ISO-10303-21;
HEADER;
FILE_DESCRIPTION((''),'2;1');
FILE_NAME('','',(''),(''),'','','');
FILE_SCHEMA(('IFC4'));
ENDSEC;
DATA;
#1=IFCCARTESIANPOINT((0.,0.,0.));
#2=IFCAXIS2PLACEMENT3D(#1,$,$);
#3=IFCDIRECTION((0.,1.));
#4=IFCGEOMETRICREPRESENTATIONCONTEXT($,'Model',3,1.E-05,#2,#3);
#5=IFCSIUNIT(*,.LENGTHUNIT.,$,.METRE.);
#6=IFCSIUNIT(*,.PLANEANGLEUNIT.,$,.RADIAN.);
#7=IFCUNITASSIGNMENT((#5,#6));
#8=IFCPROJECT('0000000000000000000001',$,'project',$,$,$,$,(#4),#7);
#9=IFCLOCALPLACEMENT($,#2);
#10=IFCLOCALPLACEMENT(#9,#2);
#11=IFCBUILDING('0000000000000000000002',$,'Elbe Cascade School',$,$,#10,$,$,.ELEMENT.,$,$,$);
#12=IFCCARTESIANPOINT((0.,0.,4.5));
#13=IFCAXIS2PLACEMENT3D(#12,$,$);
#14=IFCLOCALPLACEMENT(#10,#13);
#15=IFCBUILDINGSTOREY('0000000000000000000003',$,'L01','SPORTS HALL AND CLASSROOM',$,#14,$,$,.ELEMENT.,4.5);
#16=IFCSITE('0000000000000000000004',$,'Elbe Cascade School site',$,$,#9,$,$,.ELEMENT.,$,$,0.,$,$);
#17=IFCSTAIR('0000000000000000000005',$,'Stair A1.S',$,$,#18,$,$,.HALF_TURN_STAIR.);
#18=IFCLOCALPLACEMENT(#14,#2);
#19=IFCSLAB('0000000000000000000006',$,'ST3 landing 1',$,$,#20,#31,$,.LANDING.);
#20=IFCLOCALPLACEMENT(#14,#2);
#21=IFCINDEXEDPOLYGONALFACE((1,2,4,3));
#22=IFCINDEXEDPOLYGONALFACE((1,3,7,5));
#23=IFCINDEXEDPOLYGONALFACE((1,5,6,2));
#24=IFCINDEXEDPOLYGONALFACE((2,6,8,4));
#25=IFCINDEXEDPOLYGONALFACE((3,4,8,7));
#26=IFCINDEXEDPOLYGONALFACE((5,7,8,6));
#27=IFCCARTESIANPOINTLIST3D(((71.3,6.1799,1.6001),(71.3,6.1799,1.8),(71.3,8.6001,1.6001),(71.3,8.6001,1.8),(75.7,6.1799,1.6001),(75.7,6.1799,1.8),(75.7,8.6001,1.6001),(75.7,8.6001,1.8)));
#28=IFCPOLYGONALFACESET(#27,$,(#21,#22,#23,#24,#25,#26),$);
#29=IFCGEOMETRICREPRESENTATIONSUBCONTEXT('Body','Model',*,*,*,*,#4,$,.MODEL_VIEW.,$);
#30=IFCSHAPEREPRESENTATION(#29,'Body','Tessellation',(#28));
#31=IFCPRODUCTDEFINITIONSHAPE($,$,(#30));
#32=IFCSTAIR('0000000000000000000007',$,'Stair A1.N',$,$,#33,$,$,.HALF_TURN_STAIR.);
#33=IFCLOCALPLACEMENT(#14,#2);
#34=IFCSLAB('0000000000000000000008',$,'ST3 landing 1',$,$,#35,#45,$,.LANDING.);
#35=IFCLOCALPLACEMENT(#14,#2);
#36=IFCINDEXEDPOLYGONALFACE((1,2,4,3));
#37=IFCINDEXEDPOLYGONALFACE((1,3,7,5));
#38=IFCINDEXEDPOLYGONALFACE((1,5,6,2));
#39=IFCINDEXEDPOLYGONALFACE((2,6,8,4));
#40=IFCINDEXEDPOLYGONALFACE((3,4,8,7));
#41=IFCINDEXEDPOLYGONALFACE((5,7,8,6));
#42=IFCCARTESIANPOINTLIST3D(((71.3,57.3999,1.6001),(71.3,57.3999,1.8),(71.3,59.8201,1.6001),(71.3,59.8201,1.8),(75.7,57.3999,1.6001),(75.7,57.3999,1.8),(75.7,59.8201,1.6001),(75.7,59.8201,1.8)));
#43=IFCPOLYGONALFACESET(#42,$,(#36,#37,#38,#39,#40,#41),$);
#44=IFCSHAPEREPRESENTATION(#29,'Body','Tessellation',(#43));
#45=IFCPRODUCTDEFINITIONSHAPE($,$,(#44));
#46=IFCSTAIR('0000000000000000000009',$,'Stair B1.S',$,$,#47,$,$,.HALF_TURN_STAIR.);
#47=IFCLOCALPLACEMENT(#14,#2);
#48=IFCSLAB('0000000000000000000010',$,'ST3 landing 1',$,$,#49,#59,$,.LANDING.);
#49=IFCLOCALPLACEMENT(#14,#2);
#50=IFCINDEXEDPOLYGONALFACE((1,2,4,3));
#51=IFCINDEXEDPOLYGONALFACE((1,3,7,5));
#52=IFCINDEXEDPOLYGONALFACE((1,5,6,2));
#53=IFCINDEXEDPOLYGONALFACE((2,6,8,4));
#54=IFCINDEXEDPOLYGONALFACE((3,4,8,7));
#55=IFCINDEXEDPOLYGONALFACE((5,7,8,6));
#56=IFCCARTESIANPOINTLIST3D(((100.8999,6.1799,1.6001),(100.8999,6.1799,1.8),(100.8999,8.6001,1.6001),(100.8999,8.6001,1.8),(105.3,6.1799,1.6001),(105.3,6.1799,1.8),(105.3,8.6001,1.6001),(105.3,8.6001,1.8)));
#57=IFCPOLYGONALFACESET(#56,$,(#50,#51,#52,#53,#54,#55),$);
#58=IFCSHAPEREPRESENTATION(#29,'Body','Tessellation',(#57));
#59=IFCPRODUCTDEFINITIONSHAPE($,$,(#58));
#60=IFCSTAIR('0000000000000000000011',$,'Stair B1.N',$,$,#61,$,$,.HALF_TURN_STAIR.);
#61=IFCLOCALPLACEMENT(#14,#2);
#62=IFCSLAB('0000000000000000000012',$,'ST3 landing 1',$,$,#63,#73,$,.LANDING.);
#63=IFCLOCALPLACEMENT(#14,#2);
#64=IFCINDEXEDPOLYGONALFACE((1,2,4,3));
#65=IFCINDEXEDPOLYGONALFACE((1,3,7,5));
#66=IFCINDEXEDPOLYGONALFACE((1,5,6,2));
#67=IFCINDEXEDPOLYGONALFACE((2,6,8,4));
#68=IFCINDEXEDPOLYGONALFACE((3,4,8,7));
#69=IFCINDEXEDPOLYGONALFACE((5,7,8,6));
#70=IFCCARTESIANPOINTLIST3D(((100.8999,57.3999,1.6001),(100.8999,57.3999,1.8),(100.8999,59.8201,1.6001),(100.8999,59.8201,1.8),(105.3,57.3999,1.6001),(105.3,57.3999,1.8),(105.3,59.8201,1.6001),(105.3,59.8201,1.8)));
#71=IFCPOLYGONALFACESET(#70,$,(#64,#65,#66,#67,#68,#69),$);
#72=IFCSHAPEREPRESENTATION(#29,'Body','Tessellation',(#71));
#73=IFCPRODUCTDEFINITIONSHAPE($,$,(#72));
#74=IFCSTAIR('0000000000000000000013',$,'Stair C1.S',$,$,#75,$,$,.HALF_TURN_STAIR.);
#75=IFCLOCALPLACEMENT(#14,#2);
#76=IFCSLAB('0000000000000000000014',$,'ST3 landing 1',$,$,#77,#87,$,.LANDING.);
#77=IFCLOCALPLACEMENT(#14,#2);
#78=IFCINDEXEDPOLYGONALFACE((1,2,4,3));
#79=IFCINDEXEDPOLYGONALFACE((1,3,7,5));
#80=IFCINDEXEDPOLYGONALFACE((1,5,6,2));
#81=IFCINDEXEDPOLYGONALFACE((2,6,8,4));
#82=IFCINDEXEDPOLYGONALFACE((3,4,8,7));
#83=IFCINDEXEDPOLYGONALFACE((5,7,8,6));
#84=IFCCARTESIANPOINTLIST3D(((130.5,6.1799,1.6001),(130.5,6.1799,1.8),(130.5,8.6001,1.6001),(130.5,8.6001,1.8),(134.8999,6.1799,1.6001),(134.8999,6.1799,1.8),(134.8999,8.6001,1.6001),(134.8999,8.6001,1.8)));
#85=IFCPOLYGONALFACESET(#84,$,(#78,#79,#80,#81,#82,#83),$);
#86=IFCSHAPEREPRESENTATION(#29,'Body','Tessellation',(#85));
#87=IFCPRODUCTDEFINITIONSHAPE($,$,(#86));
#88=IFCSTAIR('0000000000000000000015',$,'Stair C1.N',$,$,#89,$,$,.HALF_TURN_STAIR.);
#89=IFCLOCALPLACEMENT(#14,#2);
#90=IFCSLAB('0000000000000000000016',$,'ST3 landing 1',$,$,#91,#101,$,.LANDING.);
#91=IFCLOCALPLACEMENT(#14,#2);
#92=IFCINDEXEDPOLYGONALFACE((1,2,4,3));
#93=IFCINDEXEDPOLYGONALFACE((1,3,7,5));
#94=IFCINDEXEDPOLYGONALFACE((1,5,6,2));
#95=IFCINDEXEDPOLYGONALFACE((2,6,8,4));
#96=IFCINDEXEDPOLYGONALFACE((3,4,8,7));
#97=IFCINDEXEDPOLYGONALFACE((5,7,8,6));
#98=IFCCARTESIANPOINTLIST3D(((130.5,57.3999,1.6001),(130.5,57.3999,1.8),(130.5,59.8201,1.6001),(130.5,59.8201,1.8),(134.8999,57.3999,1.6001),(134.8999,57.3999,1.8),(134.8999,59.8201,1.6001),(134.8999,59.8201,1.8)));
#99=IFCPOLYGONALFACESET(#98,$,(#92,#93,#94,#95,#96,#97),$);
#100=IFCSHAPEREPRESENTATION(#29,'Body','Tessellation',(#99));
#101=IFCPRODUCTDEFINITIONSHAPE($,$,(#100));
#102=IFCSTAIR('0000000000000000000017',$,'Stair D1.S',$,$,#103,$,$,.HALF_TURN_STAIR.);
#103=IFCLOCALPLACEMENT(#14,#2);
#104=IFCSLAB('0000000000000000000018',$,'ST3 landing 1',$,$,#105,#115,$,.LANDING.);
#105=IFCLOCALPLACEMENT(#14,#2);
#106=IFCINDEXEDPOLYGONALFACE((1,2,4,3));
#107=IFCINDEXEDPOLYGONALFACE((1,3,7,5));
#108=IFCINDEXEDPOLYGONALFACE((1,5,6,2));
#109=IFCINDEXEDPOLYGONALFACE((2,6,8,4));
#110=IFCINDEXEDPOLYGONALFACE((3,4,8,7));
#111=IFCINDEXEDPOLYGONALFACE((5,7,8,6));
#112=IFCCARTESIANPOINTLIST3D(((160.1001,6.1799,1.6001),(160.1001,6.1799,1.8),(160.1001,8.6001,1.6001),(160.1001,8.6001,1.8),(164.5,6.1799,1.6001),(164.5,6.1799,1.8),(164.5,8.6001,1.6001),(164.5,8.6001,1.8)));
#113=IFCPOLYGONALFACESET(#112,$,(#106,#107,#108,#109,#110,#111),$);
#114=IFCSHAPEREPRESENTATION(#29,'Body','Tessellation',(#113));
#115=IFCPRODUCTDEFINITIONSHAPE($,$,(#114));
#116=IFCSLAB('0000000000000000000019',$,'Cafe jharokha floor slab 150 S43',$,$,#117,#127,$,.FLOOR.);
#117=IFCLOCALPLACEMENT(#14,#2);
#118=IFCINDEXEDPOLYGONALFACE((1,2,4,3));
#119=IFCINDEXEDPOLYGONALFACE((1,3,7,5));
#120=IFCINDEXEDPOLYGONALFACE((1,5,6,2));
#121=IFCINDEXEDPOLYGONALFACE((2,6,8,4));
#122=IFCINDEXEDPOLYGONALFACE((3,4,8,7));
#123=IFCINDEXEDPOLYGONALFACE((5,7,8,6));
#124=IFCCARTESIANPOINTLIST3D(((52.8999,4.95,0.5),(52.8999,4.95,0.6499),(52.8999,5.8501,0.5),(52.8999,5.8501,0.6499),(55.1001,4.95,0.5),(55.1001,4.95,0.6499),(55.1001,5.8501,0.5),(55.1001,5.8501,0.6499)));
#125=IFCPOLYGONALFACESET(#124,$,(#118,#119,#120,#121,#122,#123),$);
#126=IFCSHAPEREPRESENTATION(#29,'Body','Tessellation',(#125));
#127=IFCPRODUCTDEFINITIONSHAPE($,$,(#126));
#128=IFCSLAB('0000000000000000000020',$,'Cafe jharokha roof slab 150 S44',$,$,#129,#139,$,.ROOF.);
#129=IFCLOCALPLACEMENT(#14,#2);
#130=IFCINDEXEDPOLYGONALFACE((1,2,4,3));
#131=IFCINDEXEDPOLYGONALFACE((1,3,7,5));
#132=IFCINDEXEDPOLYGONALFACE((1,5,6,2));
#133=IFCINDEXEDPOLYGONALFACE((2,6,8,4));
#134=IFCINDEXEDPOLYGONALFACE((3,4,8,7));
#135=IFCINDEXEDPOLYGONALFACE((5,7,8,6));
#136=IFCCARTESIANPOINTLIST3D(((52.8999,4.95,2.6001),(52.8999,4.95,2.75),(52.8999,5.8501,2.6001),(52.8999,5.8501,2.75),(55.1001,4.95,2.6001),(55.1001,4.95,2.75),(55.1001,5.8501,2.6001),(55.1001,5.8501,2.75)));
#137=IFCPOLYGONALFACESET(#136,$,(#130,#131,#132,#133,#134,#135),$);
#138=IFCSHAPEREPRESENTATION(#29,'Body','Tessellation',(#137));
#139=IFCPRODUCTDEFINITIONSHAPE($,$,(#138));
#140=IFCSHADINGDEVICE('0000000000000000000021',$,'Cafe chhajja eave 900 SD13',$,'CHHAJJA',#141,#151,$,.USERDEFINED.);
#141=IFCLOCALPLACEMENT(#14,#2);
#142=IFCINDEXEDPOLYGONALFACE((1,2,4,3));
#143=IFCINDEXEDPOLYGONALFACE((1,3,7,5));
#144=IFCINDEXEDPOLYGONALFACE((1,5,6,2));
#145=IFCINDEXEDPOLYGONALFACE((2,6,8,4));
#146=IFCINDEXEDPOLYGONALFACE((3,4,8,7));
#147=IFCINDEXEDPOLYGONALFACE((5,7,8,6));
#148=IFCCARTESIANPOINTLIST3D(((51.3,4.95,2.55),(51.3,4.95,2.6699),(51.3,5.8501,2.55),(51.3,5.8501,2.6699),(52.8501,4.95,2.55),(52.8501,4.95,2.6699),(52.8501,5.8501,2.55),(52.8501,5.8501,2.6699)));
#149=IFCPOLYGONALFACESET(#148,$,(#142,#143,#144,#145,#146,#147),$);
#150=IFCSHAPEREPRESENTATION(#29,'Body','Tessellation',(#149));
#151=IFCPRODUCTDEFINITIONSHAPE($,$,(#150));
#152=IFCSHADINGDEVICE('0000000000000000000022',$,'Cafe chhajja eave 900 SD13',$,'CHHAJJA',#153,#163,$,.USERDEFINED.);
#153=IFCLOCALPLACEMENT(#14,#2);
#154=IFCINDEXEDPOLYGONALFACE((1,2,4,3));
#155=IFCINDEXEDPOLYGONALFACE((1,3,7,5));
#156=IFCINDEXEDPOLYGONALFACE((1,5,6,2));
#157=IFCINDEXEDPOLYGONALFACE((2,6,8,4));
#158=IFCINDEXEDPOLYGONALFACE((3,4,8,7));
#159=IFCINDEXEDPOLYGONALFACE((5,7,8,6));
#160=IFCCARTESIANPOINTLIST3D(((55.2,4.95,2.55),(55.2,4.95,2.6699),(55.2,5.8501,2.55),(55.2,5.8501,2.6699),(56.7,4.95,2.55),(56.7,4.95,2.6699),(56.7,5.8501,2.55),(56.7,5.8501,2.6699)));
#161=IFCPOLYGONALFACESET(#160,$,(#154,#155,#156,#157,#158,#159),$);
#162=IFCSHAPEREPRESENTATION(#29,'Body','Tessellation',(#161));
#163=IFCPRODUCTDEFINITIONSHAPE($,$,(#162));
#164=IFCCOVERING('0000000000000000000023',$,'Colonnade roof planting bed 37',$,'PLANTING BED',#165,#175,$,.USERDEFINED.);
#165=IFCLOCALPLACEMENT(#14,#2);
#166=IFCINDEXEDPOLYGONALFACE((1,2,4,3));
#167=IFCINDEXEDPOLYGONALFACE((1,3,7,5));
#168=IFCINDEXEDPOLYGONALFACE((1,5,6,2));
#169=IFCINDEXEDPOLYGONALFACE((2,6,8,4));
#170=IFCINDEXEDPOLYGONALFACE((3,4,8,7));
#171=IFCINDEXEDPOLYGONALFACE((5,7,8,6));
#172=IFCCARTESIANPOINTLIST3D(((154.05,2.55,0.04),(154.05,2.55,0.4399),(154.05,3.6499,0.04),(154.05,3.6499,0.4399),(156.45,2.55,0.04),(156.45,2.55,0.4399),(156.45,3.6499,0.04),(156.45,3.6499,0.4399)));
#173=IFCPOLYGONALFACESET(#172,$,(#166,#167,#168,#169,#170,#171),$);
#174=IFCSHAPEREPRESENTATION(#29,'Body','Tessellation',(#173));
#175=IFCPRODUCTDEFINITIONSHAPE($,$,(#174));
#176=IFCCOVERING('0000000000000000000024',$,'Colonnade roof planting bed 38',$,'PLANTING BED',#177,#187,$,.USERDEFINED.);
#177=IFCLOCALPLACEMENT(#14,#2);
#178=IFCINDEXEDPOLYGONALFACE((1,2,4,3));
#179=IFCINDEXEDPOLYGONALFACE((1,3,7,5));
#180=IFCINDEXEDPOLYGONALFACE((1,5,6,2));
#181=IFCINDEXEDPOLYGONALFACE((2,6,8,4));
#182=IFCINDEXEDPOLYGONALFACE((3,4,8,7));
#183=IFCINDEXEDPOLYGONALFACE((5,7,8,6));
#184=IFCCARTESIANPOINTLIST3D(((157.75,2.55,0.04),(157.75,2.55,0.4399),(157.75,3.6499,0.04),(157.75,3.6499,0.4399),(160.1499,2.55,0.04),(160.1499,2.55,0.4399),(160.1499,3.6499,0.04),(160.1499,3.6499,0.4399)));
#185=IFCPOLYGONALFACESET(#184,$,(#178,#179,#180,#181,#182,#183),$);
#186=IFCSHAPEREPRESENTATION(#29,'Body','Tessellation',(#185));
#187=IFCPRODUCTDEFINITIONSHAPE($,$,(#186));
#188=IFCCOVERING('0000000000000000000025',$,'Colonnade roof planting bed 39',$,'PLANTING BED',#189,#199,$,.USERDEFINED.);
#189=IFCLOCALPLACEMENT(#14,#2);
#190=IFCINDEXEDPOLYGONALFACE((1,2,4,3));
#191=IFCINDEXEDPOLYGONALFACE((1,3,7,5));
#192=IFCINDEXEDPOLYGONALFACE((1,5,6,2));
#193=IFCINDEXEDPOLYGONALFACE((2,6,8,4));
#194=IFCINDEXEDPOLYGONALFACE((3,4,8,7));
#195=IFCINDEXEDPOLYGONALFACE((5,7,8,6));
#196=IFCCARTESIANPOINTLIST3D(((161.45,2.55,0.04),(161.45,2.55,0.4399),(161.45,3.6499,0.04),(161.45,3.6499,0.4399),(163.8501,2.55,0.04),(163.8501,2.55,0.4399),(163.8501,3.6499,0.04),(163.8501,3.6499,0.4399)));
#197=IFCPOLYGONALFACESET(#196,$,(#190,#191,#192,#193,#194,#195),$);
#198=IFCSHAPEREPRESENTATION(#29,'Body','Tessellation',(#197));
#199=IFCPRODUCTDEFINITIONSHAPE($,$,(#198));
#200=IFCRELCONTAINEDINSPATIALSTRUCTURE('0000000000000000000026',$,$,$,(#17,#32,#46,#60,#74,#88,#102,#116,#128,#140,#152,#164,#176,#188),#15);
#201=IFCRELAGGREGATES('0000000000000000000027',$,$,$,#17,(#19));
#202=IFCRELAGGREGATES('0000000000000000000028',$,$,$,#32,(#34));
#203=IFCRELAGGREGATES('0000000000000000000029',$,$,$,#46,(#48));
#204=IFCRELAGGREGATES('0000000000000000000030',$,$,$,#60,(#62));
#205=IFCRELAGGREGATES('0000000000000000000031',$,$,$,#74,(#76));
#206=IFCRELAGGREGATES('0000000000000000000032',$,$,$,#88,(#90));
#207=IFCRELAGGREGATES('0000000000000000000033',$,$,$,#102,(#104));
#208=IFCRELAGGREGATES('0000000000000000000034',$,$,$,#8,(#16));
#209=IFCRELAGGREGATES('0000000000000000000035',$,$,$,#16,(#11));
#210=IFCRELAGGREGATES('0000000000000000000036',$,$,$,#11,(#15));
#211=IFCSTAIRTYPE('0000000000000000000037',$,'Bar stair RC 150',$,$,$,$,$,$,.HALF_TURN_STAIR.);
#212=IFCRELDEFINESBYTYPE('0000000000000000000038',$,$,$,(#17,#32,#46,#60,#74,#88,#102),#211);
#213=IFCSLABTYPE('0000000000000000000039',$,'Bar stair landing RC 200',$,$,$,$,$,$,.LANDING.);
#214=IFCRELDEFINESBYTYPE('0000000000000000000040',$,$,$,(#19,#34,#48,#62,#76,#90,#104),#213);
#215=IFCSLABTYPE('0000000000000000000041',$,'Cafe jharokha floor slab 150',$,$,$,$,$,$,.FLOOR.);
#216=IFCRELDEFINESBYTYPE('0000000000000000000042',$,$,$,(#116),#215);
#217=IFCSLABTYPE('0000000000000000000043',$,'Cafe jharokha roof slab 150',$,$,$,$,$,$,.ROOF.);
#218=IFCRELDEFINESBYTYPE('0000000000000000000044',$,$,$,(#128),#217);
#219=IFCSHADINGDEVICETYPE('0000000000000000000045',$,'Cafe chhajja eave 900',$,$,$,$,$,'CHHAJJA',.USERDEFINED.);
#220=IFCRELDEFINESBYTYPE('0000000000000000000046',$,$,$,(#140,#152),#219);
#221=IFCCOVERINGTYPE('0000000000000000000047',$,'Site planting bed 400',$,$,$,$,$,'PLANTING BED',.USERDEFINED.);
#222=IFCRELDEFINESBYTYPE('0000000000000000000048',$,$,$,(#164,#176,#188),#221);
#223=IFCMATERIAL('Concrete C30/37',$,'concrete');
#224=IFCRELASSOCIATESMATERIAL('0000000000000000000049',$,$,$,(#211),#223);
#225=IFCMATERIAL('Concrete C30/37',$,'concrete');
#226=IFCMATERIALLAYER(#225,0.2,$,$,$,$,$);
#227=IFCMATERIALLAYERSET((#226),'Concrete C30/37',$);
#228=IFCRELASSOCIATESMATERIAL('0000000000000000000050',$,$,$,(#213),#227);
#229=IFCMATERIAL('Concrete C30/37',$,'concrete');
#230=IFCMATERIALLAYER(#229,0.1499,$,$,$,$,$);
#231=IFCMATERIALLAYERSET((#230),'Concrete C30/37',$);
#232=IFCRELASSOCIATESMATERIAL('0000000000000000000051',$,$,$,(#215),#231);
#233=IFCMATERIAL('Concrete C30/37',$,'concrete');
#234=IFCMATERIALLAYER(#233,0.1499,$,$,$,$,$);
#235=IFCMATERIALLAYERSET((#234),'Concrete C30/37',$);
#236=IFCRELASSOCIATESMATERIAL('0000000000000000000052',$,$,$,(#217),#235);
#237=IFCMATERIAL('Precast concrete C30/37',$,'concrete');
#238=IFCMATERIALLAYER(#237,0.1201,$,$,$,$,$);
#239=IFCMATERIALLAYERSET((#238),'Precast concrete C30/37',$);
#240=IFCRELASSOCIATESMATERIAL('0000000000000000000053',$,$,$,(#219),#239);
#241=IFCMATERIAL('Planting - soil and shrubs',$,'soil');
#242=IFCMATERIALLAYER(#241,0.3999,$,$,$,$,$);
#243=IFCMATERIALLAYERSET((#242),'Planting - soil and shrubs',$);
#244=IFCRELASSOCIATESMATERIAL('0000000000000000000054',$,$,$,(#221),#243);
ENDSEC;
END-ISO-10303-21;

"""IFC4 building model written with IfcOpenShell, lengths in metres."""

from ifc_helpers import new_model, si_unit, direction, frame, origin, place, context, subcontext, project, spatial, polyline, outline, extrude, material, layer, layer_set, type_object, element, aggregate, save


model = new_model("IFC4")

# Units and contexts
model_context = context("Model", 3, precision=1e-05, world=origin(), true_north=direction((0.0, 1.0)))
body_context = subcontext(model_context, "Body", "Model", "MODEL_VIEW")
ifc_project = project(units=[si_unit("LENGTHUNIT", "METRE"), si_unit("PLANEANGLEUNIT", "RADIAN")], contexts=[model_context])

# Site, building, storey
site_placement = place(None, origin())
site = spatial("IfcSite", under=ifc_project, at=site_placement, Name="Elbe Cascade School site", CompositionType="ELEMENT", RefElevation=0.0)
building_placement = place(site_placement, origin())
building = spatial("IfcBuilding", under=site, at=building_placement, Name="Elbe Cascade School", CompositionType="ELEMENT")
storey_placement = place(building_placement, frame((0.0, 0.0, 4.5)))
storey = spatial("IfcBuildingStorey", under=building, at=storey_placement, Name="L01", Description="SPORTS HALL AND CLASSROOM", CompositionType="ELEMENT", Elevation=4.5)

# Stairs, slabs
ifc_material_1 = material(Name="Concrete C30/37", Category="concrete")
stair_type = type_object("IfcStairType", Name="Bar stair RC 150", PredefinedType="HALF_TURN_STAIR", material=ifc_material_1)
stair_1_placement = place(storey_placement, origin())
stair_1 = element("IfcStair", 1, at=stair_1_placement, inside=storey, type_object=stair_type, Name="Stair A1.S", PredefinedType="HALF_TURN_STAIR")
ifc_material_2 = material(Name="Concrete C30/37", Category="concrete")
ifc_layer_1 = layer(ifc_material_2, 0.2)
ifc_layer_set_1 = layer_set([ifc_layer_1], Name="Concrete C30/37")
slab_type_1 = type_object("IfcSlabType", Name="Bar stair landing RC 200", PredefinedType="LANDING", material=ifc_layer_set_1)
slab_1_placement = place(storey_placement, frame((0.0, 0.0, 1.6001)))
slab_1 = element("IfcSlab", 2, at=slab_1_placement, type_object=slab_type_1, Name="ST3 landing 1", PredefinedType="LANDING", context=body_context, shape_type="SweptSolid", body=[
    extrude(outline(polyline([(71.3, 6.1799), (75.7, 6.1799), (75.7, 8.6001), (71.3, 8.6001), (71.3, 6.1799)])), origin(), (0.0, 0.0, 1.0), 0.2),
])
aggregate(stair_1, [slab_1])
stair_2_placement = place(storey_placement, origin())
stair_2 = element("IfcStair", 3, at=stair_2_placement, inside=storey, type_object=stair_type, Name="Stair A1.N", PredefinedType="HALF_TURN_STAIR")
slab_2_placement = place(storey_placement, frame((0.0, 0.0, 1.6001)))
slab_2 = element("IfcSlab", 4, at=slab_2_placement, type_object=slab_type_1, Name="ST3 landing 1", PredefinedType="LANDING", context=body_context, shape_type="SweptSolid", body=[
    extrude(outline(polyline([(71.3, 57.3999), (75.7, 57.3999), (75.7, 59.8201), (71.3, 59.8201), (71.3, 57.3999)])), origin(), (0.0, 0.0, 1.0), 0.2),
])
aggregate(stair_2, [slab_2])
stair_3_placement = place(storey_placement, origin())
stair_3 = element("IfcStair", 5, at=stair_3_placement, inside=storey, type_object=stair_type, Name="Stair B1.S", PredefinedType="HALF_TURN_STAIR")
slab_3_placement = place(storey_placement, frame((0.0, 0.0, 1.6001)))
slab_3 = element("IfcSlab", 6, at=slab_3_placement, type_object=slab_type_1, Name="ST3 landing 1", PredefinedType="LANDING", context=body_context, shape_type="SweptSolid", body=[
    extrude(outline(polyline([(100.8999, 6.1799), (105.3, 6.1799), (105.3, 8.6001), (100.8999, 8.6001), (100.8999, 6.1799)])), origin(), (0.0, 0.0, 1.0), 0.2),
])
aggregate(stair_3, [slab_3])
stair_4_placement = place(storey_placement, origin())
stair_4 = element("IfcStair", 7, at=stair_4_placement, inside=storey, type_object=stair_type, Name="Stair B1.N", PredefinedType="HALF_TURN_STAIR")
slab_4_placement = place(storey_placement, frame((0.0, 0.0, 1.6001)))
slab_4 = element("IfcSlab", 8, at=slab_4_placement, type_object=slab_type_1, Name="ST3 landing 1", PredefinedType="LANDING", context=body_context, shape_type="SweptSolid", body=[
    extrude(outline(polyline([(100.8999, 57.3999), (105.3, 57.3999), (105.3, 59.8201), (100.8999, 59.8201), (100.8999, 57.3999)])), origin(), (0.0, 0.0, 1.0), 0.2),
])
aggregate(stair_4, [slab_4])
stair_5_placement = place(storey_placement, origin())
stair_5 = element("IfcStair", 9, at=stair_5_placement, inside=storey, type_object=stair_type, Name="Stair C1.S", PredefinedType="HALF_TURN_STAIR")
slab_5_placement = place(storey_placement, frame((0.0, 0.0, 1.6001)))
slab_5 = element("IfcSlab", 10, at=slab_5_placement, type_object=slab_type_1, Name="ST3 landing 1", PredefinedType="LANDING", context=body_context, shape_type="SweptSolid", body=[
    extrude(outline(polyline([(130.5, 6.1799), (134.8999, 6.1799), (134.8999, 8.6001), (130.5, 8.6001), (130.5, 6.1799)])), origin(), (0.0, 0.0, 1.0), 0.2),
])
aggregate(stair_5, [slab_5])
stair_6_placement = place(storey_placement, origin())
stair_6 = element("IfcStair", 11, at=stair_6_placement, inside=storey, type_object=stair_type, Name="Stair C1.N", PredefinedType="HALF_TURN_STAIR")
slab_6_placement = place(storey_placement, frame((0.0, 0.0, 1.6001)))
slab_6 = element("IfcSlab", 12, at=slab_6_placement, type_object=slab_type_1, Name="ST3 landing 1", PredefinedType="LANDING", context=body_context, shape_type="SweptSolid", body=[
    extrude(outline(polyline([(130.5, 57.3999), (134.8999, 57.3999), (134.8999, 59.8201), (130.5, 59.8201), (130.5, 57.3999)])), origin(), (0.0, 0.0, 1.0), 0.2),
])
aggregate(stair_6, [slab_6])
stair_7_placement = place(storey_placement, origin())
stair_7 = element("IfcStair", 13, at=stair_7_placement, inside=storey, type_object=stair_type, Name="Stair D1.S", PredefinedType="HALF_TURN_STAIR")
slab_7_placement = place(storey_placement, frame((0.0, 0.0, 1.6001)))
slab_7 = element("IfcSlab", 14, at=slab_7_placement, type_object=slab_type_1, Name="ST3 landing 1", PredefinedType="LANDING", context=body_context, shape_type="SweptSolid", body=[
    extrude(outline(polyline([(160.1001, 6.1799), (164.5, 6.1799), (164.5, 8.6001), (160.1001, 8.6001), (160.1001, 6.1799)])), origin(), (0.0, 0.0, 1.0), 0.2),
])
aggregate(stair_7, [slab_7])

# Slabs
ifc_material_3 = material(Name="Concrete C30/37", Category="concrete")
ifc_layer_2 = layer(ifc_material_3, 0.1499)
ifc_layer_set_2 = layer_set([ifc_layer_2], Name="Concrete C30/37")
slab_type_2 = type_object("IfcSlabType", Name="Cafe jharokha floor slab 150", PredefinedType="FLOOR", material=ifc_layer_set_2)
slab_8_placement = place(storey_placement, frame((0.0, 0.0, 0.5)))
element("IfcSlab", 15, at=slab_8_placement, inside=storey, type_object=slab_type_2, Name="Cafe jharokha floor slab 150 S43", PredefinedType="FLOOR", context=body_context, shape_type="SweptSolid", body=[
    extrude(outline(polyline([(55.1001, 4.95), (55.1001, 5.8501), (52.8999, 5.8501), (52.8999, 4.95), (55.1001, 4.95)])), origin(), (0.0, 0.0, 1.0), 0.1499),
])
ifc_material_4 = material(Name="Concrete C30/37", Category="concrete")
ifc_layer_3 = layer(ifc_material_4, 0.1499)
ifc_layer_set_3 = layer_set([ifc_layer_3], Name="Concrete C30/37")
slab_type_3 = type_object("IfcSlabType", Name="Cafe jharokha roof slab 150", PredefinedType="ROOF", material=ifc_layer_set_3)
slab_9_placement = place(storey_placement, frame((0.0, 0.0, 2.6001)))
element("IfcSlab", 16, at=slab_9_placement, inside=storey, type_object=slab_type_3, Name="Cafe jharokha roof slab 150 S44", PredefinedType="ROOF", context=body_context, shape_type="SweptSolid", body=[
    extrude(outline(polyline([(55.1001, 4.95), (55.1001, 5.8501), (52.8999, 5.8501), (52.8999, 4.95), (55.1001, 4.95)])), origin(), (0.0, 0.0, 1.0), 0.1499),
])

# Shading devices
ifc_material_5 = material(Name="Precast concrete C30/37", Category="concrete")
ifc_layer_4 = layer(ifc_material_5, 0.1201)
ifc_layer_set_4 = layer_set([ifc_layer_4], Name="Precast concrete C30/37")
shading_device_type = type_object("IfcShadingDeviceType", Name="Cafe chhajja eave 900", ElementType="CHHAJJA", PredefinedType="USERDEFINED", material=ifc_layer_set_4)
shading_device_1_placement = place(storey_placement, frame((0.0, 0.0, 2.55)))
element("IfcShadingDevice", 17, at=shading_device_1_placement, inside=storey, type_object=shading_device_type, Name="Cafe chhajja eave 900 SD13", ObjectType="CHHAJJA", PredefinedType="USERDEFINED", context=body_context, shape_type="SweptSolid", body=[
    extrude(outline(polyline([(51.3, 4.95), (52.8501, 4.95), (52.8501, 5.8501), (51.3, 5.8501), (51.3, 4.95)])), origin(), (0.0, 0.0, 1.0), 0.1199),
])
shading_device_2_placement = place(storey_placement, frame((0.0, 0.0, 2.55)))
element("IfcShadingDevice", 18, at=shading_device_2_placement, inside=storey, type_object=shading_device_type, Name="Cafe chhajja eave 900 SD13", ObjectType="CHHAJJA", PredefinedType="USERDEFINED", context=body_context, shape_type="SweptSolid", body=[
    extrude(outline(polyline([(55.2, 4.95), (56.7, 4.95), (56.7, 5.8501), (55.2, 5.8501), (55.2, 4.95)])), origin(), (0.0, 0.0, 1.0), 0.1199),
])

# Coverings
ifc_material_6 = material(Name="Planting - soil and shrubs", Category="soil")
ifc_layer_5 = layer(ifc_material_6, 0.3999)
ifc_layer_set_5 = layer_set([ifc_layer_5], Name="Planting - soil and shrubs")
covering_type_1 = type_object("IfcCoveringType", Name="Site planting bed 400", ElementType="PLANTING BED", PredefinedType="USERDEFINED", material=ifc_layer_set_5)
covering_1_placement = place(storey_placement, frame((0.0, 0.0, 0.04)))
element("IfcCovering", 19, at=covering_1_placement, inside=storey, type_object=covering_type_1, Name="Colonnade roof planting bed 37", ObjectType="PLANTING BED", PredefinedType="USERDEFINED", context=body_context, shape_type="SweptSolid", body=[
    extrude(outline(polyline([(154.05, 2.55), (156.45, 2.55), (156.45, 3.6499), (154.05, 3.6499), (154.05, 2.55)])), origin(), (0.0, 0.0, 1.0), 0.3999),
])
covering_2_placement = place(storey_placement, frame((0.0, 0.0, 0.04)))
element("IfcCovering", 20, at=covering_2_placement, inside=storey, type_object=covering_type_1, Name="Colonnade roof planting bed 38", ObjectType="PLANTING BED", PredefinedType="USERDEFINED", context=body_context, shape_type="SweptSolid", body=[
    extrude(outline(polyline([(157.75, 2.55), (160.1499, 2.55), (160.1499, 3.6499), (157.75, 3.6499), (157.75, 2.55)])), origin(), (0.0, 0.0, 1.0), 0.3999),
])
covering_3_placement = place(storey_placement, frame((0.0, 0.0, 0.04)))
element("IfcCovering", 21, at=covering_3_placement, inside=storey, type_object=covering_type_1, Name="Colonnade roof planting bed 39", ObjectType="PLANTING BED", PredefinedType="USERDEFINED", context=body_context, shape_type="SweptSolid", body=[
    extrude(outline(polyline([(161.45, 2.55), (163.8501, 2.55), (163.8501, 3.6499), (161.45, 3.6499), (161.45, 2.55)])), origin(), (0.0, 0.0, 1.0), 0.3999),
])

save(model, "model.ifc")
